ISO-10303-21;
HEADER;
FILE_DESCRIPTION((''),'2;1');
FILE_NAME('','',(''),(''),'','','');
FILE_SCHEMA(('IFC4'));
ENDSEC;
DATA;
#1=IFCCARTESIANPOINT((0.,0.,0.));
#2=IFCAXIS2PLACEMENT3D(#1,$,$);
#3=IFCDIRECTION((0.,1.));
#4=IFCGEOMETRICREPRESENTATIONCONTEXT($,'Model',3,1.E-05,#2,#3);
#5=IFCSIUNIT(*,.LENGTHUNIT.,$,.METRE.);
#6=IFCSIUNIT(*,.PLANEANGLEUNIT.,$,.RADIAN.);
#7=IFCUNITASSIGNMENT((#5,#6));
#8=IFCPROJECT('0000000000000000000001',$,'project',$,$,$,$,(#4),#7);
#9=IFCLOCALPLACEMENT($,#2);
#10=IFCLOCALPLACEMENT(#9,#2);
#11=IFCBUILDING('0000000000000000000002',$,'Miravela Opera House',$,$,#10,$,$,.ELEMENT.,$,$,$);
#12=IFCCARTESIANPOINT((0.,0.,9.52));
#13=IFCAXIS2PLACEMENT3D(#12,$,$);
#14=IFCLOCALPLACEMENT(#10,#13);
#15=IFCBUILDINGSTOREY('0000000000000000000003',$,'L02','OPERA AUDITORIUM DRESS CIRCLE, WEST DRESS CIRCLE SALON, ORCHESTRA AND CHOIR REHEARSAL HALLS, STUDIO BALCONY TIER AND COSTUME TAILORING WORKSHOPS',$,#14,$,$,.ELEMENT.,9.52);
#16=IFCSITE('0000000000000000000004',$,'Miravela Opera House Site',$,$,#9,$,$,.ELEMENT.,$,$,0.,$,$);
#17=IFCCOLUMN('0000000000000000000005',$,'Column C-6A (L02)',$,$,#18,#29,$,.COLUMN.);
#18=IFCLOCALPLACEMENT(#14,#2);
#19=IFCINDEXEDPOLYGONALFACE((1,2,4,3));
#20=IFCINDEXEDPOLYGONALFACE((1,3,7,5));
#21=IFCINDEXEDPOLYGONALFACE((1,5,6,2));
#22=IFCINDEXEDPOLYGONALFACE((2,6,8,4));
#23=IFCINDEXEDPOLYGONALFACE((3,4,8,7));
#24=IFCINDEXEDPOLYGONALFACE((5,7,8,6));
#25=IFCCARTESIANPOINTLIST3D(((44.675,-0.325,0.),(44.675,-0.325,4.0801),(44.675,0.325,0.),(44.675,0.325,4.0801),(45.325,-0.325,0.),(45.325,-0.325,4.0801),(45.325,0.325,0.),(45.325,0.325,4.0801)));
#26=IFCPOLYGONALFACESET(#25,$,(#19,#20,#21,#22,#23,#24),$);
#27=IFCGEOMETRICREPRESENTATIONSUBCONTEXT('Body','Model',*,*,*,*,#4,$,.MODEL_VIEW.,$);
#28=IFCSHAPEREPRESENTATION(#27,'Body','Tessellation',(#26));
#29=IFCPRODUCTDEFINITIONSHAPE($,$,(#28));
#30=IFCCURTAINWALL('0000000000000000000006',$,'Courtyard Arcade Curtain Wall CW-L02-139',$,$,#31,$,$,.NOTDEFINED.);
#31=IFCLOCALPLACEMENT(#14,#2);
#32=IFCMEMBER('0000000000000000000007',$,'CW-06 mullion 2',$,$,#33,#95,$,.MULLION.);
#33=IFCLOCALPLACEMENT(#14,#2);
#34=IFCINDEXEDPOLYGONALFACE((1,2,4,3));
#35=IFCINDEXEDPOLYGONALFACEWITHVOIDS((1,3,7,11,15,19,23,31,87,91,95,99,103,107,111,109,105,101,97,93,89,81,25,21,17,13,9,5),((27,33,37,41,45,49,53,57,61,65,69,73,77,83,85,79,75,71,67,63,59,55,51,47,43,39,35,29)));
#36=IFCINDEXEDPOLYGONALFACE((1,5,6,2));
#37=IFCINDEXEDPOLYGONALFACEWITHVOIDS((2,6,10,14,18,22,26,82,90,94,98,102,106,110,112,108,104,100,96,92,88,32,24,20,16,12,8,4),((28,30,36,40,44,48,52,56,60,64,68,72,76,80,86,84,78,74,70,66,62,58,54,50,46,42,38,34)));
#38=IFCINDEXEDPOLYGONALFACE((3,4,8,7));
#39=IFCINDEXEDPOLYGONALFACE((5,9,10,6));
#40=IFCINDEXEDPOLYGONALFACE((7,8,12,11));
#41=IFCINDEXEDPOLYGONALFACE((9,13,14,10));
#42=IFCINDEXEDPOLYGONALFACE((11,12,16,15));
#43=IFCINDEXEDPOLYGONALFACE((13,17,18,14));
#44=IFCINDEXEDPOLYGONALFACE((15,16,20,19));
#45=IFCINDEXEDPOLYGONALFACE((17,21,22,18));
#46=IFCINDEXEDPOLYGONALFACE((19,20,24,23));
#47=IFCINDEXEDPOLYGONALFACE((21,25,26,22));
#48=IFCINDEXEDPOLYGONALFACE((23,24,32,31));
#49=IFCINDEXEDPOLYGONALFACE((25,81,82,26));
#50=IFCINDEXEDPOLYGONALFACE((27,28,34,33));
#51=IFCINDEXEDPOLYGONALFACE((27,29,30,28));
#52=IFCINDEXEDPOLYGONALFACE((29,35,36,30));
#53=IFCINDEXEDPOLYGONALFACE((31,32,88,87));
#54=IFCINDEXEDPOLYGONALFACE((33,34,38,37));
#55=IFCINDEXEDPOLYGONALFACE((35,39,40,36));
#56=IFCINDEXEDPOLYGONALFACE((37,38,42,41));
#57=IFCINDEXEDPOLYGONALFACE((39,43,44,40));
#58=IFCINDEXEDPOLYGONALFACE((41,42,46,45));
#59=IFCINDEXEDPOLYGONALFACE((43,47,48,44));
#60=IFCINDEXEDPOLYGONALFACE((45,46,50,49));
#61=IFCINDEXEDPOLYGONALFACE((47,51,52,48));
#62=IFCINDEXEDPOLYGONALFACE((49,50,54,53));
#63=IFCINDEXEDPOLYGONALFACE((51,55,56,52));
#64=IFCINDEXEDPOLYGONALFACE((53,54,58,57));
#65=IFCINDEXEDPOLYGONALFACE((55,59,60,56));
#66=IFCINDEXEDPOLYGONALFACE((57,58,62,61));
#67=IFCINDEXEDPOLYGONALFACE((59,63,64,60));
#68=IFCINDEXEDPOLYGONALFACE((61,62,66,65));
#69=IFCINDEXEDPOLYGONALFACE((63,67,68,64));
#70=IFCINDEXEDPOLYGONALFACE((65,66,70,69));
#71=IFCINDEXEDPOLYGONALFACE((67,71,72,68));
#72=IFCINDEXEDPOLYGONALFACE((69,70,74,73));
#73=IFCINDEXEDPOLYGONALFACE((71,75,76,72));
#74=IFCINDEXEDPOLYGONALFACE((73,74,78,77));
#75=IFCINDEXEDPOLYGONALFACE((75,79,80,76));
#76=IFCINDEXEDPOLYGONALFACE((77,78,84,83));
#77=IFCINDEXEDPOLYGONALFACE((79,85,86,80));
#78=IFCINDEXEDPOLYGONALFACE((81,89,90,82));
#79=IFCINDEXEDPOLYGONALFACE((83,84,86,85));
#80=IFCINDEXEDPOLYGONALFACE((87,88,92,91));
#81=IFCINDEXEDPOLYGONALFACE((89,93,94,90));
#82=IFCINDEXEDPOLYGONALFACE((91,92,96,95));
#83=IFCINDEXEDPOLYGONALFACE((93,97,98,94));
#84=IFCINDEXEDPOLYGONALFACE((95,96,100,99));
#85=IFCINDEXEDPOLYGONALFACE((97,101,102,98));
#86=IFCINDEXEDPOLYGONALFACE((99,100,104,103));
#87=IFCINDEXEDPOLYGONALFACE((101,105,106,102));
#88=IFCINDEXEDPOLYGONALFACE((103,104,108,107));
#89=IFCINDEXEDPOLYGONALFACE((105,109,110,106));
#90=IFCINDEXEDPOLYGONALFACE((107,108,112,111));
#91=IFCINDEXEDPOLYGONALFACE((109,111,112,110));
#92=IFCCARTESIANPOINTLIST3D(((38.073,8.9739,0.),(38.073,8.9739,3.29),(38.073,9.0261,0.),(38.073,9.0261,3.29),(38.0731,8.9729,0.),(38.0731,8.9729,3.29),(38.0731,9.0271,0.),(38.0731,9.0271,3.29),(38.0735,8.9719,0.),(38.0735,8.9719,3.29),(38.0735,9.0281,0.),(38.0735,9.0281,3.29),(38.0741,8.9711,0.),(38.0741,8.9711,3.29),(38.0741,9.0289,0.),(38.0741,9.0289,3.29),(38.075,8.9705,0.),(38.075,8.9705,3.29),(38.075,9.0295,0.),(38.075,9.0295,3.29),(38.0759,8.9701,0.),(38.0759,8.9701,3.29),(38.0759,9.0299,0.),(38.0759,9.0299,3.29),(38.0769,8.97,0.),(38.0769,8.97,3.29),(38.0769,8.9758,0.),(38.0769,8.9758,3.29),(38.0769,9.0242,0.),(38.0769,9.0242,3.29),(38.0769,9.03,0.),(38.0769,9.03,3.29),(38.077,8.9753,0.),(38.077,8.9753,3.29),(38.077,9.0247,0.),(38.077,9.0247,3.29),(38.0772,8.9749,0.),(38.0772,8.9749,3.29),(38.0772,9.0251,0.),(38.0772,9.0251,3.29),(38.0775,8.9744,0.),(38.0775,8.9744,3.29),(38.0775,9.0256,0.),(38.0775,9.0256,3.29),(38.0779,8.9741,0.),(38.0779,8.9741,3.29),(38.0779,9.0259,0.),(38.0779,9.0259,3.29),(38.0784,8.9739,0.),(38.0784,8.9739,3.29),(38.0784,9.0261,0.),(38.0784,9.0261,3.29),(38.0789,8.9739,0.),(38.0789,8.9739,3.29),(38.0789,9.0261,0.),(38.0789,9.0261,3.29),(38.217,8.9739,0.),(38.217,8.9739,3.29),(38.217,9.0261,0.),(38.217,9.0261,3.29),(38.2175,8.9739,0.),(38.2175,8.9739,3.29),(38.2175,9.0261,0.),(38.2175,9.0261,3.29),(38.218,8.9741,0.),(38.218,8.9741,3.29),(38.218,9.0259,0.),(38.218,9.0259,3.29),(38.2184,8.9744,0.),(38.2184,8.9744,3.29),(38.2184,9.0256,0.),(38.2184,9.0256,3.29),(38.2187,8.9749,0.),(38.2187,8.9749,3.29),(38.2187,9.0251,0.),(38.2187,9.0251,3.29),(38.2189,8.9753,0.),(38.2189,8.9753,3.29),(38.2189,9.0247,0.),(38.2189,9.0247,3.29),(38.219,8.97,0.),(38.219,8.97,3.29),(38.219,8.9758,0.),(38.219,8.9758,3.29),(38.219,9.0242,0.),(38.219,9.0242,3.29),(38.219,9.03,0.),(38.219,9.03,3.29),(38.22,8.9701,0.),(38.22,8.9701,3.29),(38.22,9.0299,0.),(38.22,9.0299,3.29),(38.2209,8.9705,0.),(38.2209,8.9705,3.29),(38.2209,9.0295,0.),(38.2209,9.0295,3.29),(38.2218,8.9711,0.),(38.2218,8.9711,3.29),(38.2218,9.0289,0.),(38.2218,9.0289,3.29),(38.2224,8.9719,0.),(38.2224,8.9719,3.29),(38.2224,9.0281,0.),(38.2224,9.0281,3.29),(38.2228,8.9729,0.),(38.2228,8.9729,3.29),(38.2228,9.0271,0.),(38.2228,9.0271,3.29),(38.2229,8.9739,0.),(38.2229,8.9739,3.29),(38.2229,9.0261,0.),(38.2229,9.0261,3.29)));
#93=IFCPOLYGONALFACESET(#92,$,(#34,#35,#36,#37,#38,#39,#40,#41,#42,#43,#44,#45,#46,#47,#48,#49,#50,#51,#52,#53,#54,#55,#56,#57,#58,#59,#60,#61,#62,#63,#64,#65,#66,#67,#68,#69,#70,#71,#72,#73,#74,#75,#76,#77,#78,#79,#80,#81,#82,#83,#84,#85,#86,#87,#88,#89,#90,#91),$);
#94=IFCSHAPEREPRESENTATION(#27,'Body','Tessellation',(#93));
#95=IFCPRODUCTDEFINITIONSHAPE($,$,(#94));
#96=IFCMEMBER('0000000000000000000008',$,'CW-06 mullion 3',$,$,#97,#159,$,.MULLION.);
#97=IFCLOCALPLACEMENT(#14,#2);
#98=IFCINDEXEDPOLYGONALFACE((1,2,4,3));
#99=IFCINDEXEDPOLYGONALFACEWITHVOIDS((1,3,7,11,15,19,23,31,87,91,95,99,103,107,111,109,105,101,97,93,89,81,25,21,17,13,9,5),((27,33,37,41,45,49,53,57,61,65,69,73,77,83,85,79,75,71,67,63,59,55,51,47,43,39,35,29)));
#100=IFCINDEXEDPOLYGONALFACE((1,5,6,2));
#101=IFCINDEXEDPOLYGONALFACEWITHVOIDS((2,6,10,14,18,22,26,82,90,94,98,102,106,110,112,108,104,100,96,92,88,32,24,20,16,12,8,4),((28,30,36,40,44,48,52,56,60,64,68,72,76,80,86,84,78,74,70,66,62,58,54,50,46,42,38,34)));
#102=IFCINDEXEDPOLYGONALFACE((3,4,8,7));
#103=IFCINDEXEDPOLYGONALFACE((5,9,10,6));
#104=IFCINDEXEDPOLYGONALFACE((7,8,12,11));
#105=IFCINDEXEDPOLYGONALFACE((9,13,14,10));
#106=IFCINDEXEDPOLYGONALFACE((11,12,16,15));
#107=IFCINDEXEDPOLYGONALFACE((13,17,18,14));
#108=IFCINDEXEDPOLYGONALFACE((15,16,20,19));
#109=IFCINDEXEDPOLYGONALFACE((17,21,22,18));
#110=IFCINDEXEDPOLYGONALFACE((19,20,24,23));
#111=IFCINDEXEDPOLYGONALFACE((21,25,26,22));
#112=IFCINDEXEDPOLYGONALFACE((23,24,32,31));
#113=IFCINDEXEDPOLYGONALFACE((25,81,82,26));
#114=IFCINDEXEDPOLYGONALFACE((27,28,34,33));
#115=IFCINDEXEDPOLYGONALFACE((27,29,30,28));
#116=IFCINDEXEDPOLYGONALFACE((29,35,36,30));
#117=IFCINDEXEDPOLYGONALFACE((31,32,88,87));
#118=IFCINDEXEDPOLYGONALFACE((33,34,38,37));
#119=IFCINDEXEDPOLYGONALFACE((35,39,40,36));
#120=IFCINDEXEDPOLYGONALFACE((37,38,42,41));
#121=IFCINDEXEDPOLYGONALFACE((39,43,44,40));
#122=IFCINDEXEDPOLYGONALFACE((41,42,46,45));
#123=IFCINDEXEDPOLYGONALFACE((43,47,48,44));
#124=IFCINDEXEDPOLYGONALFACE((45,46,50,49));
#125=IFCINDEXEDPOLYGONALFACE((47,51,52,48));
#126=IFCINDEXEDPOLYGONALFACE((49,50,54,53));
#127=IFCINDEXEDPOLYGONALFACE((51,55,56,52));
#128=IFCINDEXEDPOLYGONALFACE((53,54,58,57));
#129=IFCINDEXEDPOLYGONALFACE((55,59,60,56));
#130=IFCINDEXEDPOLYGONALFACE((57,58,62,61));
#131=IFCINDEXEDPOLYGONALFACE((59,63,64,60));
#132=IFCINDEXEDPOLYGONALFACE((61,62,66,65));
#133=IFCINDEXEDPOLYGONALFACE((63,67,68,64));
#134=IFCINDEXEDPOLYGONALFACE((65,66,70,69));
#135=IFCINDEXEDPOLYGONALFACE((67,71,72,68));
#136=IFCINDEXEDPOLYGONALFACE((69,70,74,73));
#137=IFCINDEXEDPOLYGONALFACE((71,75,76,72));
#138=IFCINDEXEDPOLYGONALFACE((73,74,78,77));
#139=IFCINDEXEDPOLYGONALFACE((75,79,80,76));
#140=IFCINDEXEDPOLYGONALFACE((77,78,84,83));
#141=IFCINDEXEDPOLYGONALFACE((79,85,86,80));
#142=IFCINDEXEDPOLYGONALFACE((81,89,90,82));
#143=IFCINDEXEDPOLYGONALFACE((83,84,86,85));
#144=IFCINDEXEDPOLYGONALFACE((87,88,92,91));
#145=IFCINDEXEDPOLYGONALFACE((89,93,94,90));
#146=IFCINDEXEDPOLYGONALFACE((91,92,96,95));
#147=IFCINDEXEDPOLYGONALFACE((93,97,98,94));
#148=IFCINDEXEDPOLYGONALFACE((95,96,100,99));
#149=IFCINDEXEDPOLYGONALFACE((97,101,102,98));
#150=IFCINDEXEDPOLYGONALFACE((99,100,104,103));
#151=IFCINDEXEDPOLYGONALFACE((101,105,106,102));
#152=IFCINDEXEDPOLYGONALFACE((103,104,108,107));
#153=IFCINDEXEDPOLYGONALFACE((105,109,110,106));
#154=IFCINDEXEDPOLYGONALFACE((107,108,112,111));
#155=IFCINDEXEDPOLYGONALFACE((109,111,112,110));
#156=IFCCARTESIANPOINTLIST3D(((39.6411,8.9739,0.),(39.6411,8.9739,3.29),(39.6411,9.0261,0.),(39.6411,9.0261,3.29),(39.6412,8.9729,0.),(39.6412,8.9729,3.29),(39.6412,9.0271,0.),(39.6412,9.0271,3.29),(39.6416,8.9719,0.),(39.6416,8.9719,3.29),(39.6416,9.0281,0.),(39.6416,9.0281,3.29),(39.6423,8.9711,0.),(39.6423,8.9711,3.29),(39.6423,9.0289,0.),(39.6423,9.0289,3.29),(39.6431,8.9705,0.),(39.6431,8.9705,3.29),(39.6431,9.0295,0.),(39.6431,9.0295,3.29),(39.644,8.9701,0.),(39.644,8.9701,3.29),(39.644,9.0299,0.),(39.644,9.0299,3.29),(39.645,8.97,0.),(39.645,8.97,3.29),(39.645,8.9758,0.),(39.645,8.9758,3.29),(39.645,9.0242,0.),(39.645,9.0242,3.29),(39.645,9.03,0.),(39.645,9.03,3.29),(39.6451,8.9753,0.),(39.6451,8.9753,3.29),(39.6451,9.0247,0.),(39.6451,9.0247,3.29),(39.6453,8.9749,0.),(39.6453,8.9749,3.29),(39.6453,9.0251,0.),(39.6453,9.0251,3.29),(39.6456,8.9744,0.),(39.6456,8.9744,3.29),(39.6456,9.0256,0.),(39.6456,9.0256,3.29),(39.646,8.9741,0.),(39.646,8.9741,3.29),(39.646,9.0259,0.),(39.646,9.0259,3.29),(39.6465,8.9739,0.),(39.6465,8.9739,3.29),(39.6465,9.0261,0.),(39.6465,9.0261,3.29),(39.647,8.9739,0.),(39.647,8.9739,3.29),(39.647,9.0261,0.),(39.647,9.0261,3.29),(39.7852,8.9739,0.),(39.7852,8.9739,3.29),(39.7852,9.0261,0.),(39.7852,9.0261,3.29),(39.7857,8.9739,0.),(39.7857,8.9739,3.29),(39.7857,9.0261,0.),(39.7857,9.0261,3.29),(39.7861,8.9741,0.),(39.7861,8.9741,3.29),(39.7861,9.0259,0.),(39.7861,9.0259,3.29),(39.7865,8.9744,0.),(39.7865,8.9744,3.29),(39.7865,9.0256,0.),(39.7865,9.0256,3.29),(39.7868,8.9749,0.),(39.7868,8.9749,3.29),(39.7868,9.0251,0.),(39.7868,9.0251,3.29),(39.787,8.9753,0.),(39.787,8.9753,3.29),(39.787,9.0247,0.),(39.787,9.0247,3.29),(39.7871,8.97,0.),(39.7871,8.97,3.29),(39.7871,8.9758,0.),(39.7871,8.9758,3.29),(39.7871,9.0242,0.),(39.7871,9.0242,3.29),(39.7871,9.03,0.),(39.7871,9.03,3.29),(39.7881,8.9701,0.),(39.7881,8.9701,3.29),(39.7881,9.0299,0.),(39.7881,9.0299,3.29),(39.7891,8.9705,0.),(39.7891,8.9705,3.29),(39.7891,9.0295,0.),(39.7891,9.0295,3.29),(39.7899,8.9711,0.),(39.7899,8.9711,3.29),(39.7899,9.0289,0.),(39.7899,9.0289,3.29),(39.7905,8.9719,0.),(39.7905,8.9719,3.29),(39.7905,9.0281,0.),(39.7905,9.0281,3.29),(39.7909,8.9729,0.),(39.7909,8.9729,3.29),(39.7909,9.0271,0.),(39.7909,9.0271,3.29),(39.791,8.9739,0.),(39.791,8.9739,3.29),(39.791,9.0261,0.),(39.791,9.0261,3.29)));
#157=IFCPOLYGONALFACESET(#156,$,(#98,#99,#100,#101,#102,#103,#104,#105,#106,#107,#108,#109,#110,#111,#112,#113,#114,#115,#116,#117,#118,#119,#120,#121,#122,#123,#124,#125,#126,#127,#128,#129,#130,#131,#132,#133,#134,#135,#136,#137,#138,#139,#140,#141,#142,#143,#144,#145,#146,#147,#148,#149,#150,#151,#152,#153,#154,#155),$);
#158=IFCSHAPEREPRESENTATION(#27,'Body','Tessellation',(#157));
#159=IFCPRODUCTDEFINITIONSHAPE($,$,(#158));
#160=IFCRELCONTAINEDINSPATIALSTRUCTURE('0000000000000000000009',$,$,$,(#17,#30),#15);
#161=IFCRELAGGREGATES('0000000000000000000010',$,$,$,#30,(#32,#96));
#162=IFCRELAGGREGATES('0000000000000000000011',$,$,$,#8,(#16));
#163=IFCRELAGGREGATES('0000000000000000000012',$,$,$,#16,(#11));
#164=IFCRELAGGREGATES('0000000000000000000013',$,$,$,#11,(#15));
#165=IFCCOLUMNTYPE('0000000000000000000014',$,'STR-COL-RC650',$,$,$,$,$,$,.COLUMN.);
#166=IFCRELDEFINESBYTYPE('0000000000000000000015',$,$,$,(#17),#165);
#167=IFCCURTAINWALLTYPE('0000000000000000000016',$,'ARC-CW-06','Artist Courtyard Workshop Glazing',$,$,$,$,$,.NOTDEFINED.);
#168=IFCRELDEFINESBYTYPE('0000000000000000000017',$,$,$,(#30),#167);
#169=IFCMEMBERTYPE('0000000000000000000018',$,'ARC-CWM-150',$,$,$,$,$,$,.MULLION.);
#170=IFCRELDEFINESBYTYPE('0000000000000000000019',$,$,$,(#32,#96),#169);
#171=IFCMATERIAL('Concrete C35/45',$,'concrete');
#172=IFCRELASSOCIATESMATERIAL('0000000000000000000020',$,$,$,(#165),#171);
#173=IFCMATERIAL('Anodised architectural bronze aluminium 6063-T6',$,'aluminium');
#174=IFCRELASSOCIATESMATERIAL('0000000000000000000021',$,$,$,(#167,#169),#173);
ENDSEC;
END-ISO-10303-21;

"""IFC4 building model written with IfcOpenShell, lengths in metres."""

from ifc_helpers import new_model, si_unit, direction, frame, origin, origin_2d, place, context, subcontext, project, spatial, rectangle, hollow_rectangle, extrude, material, material_profile, profile_set, type_object, element, aggregate, save


model = new_model("IFC4")

# Units and contexts
model_context = context("Model", 3, precision=1e-05, world=origin(), true_north=direction((0.0, 1.0)))
body_context = subcontext(model_context, "Body", "Model", "MODEL_VIEW")
ifc_project = project(units=[si_unit("LENGTHUNIT", "METRE"), si_unit("PLANEANGLEUNIT", "RADIAN")], contexts=[model_context])

# Site, building, storey
site_placement = place(None, origin())
site = spatial("IfcSite", under=ifc_project, at=site_placement, Name="Miravela Opera House Site", CompositionType="ELEMENT", RefElevation=0.0)
building_placement = place(site_placement, origin())
building = spatial("IfcBuilding", under=site, at=building_placement, Name="Miravela Opera House", CompositionType="ELEMENT")
storey_placement = place(building_placement, frame((0.0, 0.0, 9.52)))
storey = spatial("IfcBuildingStorey", under=building, at=storey_placement, Name="L02", Description="OPERA AUDITORIUM DRESS CIRCLE, WEST DRESS CIRCLE SALON, ORCHESTRA AND CHOIR REHEARSAL HALLS, STUDIO BALCONY TIER AND COSTUME TAILORING WORKSHOPS", CompositionType="ELEMENT", Elevation=9.52)

# Column
ifc_material_1 = material(Name="Concrete C35/45", Category="concrete")
ifc_material_profile_1 = material_profile(ifc_material_1, rectangle(XDim=0.6499, YDim=0.6499, at=origin_2d()), Name="RC-COL-650X650")
ifc_profile_set_1 = profile_set([ifc_material_profile_1])
column_type = type_object("IfcColumnType", Name="STR-COL-RC650", PredefinedType="COLUMN", material=ifc_profile_set_1)
column_placement = place(storey_placement, frame((45.0, 0.0, 0.0), z_axis=(0.0, 0.0, 1.0), x_axis=(1.0, 0.0, 0.0)))
element("IfcColumn", 1, at=column_placement, inside=storey, type_object=column_type, Name="Column C-6A (L02)", PredefinedType="COLUMN", context=body_context, shape_type="SweptSolid", body=[
    extrude(rectangle(XDim=0.6499, YDim=0.6499, at=origin_2d()), origin(), (0.0, 0.0, 1.0), 4.0801),
])

# Curtain wall, members
ifc_material_2 = material(Name="Anodised architectural bronze aluminium 6063-T6", Category="aluminium")
curtain_wall_type = type_object("IfcCurtainWallType", Name="ARC-CW-06", Description="Artist Courtyard Workshop Glazing", PredefinedType="NOTDEFINED", material=ifc_material_2)
curtain_wall_placement = place(storey_placement, origin())
curtain_wall = element("IfcCurtainWall", 2, at=curtain_wall_placement, inside=storey, type_object=curtain_wall_type, Name="Courtyard Arcade Curtain Wall CW-L02-139", PredefinedType="NOTDEFINED")
ifc_material_profile_2 = material_profile(ifc_material_2, hollow_rectangle(XDim=0.0601, YDim=0.1499, WallThickness=0.0039, InnerFilletRadius=0.002, OuterFilletRadius=0.0039, at=origin_2d()), Name="CWM-60X150")
ifc_profile_set_2 = profile_set([ifc_material_profile_2])
member_type_1 = type_object("IfcMemberType", Name="ARC-CWM-150", PredefinedType="MULLION", material=ifc_profile_set_2)
member_1_placement = place(storey_placement, frame((38.1479, 9.0, 0.0), z_axis=(0.0, 0.0, 1.0), x_axis=(0.0, 1.0, 0.0)))
member_1 = element("IfcMember", 3, at=member_1_placement, type_object=member_type_1, Name="CW-06 mullion 2", PredefinedType="MULLION", context=body_context, shape_type="SweptSolid", body=[
    extrude(hollow_rectangle(XDim=0.0601, YDim=0.1499, WallThickness=0.0039, InnerFilletRadius=0.002, OuterFilletRadius=0.0039, at=origin_2d()), origin(), (0.0, 0.0, 1.0), 3.29),
])
member_2_placement = place(storey_placement, frame((39.7161, 9.0, 0.0), z_axis=(0.0, 0.0, 1.0), x_axis=(0.0, 1.0, 0.0)))
member_2 = element("IfcMember", 4, at=member_2_placement, type_object=member_type_1, Name="CW-06 mullion 3", PredefinedType="MULLION", context=body_context, shape_type="SweptSolid", body=[
    extrude(hollow_rectangle(XDim=0.0601, YDim=0.1499, WallThickness=0.0039, InnerFilletRadius=0.002, OuterFilletRadius=0.0039, at=origin_2d()), origin(), (0.0, 0.0, 1.0), 3.29),
])
aggregate(curtain_wall, [member_1, member_2])

save(model, "model.ifc")
